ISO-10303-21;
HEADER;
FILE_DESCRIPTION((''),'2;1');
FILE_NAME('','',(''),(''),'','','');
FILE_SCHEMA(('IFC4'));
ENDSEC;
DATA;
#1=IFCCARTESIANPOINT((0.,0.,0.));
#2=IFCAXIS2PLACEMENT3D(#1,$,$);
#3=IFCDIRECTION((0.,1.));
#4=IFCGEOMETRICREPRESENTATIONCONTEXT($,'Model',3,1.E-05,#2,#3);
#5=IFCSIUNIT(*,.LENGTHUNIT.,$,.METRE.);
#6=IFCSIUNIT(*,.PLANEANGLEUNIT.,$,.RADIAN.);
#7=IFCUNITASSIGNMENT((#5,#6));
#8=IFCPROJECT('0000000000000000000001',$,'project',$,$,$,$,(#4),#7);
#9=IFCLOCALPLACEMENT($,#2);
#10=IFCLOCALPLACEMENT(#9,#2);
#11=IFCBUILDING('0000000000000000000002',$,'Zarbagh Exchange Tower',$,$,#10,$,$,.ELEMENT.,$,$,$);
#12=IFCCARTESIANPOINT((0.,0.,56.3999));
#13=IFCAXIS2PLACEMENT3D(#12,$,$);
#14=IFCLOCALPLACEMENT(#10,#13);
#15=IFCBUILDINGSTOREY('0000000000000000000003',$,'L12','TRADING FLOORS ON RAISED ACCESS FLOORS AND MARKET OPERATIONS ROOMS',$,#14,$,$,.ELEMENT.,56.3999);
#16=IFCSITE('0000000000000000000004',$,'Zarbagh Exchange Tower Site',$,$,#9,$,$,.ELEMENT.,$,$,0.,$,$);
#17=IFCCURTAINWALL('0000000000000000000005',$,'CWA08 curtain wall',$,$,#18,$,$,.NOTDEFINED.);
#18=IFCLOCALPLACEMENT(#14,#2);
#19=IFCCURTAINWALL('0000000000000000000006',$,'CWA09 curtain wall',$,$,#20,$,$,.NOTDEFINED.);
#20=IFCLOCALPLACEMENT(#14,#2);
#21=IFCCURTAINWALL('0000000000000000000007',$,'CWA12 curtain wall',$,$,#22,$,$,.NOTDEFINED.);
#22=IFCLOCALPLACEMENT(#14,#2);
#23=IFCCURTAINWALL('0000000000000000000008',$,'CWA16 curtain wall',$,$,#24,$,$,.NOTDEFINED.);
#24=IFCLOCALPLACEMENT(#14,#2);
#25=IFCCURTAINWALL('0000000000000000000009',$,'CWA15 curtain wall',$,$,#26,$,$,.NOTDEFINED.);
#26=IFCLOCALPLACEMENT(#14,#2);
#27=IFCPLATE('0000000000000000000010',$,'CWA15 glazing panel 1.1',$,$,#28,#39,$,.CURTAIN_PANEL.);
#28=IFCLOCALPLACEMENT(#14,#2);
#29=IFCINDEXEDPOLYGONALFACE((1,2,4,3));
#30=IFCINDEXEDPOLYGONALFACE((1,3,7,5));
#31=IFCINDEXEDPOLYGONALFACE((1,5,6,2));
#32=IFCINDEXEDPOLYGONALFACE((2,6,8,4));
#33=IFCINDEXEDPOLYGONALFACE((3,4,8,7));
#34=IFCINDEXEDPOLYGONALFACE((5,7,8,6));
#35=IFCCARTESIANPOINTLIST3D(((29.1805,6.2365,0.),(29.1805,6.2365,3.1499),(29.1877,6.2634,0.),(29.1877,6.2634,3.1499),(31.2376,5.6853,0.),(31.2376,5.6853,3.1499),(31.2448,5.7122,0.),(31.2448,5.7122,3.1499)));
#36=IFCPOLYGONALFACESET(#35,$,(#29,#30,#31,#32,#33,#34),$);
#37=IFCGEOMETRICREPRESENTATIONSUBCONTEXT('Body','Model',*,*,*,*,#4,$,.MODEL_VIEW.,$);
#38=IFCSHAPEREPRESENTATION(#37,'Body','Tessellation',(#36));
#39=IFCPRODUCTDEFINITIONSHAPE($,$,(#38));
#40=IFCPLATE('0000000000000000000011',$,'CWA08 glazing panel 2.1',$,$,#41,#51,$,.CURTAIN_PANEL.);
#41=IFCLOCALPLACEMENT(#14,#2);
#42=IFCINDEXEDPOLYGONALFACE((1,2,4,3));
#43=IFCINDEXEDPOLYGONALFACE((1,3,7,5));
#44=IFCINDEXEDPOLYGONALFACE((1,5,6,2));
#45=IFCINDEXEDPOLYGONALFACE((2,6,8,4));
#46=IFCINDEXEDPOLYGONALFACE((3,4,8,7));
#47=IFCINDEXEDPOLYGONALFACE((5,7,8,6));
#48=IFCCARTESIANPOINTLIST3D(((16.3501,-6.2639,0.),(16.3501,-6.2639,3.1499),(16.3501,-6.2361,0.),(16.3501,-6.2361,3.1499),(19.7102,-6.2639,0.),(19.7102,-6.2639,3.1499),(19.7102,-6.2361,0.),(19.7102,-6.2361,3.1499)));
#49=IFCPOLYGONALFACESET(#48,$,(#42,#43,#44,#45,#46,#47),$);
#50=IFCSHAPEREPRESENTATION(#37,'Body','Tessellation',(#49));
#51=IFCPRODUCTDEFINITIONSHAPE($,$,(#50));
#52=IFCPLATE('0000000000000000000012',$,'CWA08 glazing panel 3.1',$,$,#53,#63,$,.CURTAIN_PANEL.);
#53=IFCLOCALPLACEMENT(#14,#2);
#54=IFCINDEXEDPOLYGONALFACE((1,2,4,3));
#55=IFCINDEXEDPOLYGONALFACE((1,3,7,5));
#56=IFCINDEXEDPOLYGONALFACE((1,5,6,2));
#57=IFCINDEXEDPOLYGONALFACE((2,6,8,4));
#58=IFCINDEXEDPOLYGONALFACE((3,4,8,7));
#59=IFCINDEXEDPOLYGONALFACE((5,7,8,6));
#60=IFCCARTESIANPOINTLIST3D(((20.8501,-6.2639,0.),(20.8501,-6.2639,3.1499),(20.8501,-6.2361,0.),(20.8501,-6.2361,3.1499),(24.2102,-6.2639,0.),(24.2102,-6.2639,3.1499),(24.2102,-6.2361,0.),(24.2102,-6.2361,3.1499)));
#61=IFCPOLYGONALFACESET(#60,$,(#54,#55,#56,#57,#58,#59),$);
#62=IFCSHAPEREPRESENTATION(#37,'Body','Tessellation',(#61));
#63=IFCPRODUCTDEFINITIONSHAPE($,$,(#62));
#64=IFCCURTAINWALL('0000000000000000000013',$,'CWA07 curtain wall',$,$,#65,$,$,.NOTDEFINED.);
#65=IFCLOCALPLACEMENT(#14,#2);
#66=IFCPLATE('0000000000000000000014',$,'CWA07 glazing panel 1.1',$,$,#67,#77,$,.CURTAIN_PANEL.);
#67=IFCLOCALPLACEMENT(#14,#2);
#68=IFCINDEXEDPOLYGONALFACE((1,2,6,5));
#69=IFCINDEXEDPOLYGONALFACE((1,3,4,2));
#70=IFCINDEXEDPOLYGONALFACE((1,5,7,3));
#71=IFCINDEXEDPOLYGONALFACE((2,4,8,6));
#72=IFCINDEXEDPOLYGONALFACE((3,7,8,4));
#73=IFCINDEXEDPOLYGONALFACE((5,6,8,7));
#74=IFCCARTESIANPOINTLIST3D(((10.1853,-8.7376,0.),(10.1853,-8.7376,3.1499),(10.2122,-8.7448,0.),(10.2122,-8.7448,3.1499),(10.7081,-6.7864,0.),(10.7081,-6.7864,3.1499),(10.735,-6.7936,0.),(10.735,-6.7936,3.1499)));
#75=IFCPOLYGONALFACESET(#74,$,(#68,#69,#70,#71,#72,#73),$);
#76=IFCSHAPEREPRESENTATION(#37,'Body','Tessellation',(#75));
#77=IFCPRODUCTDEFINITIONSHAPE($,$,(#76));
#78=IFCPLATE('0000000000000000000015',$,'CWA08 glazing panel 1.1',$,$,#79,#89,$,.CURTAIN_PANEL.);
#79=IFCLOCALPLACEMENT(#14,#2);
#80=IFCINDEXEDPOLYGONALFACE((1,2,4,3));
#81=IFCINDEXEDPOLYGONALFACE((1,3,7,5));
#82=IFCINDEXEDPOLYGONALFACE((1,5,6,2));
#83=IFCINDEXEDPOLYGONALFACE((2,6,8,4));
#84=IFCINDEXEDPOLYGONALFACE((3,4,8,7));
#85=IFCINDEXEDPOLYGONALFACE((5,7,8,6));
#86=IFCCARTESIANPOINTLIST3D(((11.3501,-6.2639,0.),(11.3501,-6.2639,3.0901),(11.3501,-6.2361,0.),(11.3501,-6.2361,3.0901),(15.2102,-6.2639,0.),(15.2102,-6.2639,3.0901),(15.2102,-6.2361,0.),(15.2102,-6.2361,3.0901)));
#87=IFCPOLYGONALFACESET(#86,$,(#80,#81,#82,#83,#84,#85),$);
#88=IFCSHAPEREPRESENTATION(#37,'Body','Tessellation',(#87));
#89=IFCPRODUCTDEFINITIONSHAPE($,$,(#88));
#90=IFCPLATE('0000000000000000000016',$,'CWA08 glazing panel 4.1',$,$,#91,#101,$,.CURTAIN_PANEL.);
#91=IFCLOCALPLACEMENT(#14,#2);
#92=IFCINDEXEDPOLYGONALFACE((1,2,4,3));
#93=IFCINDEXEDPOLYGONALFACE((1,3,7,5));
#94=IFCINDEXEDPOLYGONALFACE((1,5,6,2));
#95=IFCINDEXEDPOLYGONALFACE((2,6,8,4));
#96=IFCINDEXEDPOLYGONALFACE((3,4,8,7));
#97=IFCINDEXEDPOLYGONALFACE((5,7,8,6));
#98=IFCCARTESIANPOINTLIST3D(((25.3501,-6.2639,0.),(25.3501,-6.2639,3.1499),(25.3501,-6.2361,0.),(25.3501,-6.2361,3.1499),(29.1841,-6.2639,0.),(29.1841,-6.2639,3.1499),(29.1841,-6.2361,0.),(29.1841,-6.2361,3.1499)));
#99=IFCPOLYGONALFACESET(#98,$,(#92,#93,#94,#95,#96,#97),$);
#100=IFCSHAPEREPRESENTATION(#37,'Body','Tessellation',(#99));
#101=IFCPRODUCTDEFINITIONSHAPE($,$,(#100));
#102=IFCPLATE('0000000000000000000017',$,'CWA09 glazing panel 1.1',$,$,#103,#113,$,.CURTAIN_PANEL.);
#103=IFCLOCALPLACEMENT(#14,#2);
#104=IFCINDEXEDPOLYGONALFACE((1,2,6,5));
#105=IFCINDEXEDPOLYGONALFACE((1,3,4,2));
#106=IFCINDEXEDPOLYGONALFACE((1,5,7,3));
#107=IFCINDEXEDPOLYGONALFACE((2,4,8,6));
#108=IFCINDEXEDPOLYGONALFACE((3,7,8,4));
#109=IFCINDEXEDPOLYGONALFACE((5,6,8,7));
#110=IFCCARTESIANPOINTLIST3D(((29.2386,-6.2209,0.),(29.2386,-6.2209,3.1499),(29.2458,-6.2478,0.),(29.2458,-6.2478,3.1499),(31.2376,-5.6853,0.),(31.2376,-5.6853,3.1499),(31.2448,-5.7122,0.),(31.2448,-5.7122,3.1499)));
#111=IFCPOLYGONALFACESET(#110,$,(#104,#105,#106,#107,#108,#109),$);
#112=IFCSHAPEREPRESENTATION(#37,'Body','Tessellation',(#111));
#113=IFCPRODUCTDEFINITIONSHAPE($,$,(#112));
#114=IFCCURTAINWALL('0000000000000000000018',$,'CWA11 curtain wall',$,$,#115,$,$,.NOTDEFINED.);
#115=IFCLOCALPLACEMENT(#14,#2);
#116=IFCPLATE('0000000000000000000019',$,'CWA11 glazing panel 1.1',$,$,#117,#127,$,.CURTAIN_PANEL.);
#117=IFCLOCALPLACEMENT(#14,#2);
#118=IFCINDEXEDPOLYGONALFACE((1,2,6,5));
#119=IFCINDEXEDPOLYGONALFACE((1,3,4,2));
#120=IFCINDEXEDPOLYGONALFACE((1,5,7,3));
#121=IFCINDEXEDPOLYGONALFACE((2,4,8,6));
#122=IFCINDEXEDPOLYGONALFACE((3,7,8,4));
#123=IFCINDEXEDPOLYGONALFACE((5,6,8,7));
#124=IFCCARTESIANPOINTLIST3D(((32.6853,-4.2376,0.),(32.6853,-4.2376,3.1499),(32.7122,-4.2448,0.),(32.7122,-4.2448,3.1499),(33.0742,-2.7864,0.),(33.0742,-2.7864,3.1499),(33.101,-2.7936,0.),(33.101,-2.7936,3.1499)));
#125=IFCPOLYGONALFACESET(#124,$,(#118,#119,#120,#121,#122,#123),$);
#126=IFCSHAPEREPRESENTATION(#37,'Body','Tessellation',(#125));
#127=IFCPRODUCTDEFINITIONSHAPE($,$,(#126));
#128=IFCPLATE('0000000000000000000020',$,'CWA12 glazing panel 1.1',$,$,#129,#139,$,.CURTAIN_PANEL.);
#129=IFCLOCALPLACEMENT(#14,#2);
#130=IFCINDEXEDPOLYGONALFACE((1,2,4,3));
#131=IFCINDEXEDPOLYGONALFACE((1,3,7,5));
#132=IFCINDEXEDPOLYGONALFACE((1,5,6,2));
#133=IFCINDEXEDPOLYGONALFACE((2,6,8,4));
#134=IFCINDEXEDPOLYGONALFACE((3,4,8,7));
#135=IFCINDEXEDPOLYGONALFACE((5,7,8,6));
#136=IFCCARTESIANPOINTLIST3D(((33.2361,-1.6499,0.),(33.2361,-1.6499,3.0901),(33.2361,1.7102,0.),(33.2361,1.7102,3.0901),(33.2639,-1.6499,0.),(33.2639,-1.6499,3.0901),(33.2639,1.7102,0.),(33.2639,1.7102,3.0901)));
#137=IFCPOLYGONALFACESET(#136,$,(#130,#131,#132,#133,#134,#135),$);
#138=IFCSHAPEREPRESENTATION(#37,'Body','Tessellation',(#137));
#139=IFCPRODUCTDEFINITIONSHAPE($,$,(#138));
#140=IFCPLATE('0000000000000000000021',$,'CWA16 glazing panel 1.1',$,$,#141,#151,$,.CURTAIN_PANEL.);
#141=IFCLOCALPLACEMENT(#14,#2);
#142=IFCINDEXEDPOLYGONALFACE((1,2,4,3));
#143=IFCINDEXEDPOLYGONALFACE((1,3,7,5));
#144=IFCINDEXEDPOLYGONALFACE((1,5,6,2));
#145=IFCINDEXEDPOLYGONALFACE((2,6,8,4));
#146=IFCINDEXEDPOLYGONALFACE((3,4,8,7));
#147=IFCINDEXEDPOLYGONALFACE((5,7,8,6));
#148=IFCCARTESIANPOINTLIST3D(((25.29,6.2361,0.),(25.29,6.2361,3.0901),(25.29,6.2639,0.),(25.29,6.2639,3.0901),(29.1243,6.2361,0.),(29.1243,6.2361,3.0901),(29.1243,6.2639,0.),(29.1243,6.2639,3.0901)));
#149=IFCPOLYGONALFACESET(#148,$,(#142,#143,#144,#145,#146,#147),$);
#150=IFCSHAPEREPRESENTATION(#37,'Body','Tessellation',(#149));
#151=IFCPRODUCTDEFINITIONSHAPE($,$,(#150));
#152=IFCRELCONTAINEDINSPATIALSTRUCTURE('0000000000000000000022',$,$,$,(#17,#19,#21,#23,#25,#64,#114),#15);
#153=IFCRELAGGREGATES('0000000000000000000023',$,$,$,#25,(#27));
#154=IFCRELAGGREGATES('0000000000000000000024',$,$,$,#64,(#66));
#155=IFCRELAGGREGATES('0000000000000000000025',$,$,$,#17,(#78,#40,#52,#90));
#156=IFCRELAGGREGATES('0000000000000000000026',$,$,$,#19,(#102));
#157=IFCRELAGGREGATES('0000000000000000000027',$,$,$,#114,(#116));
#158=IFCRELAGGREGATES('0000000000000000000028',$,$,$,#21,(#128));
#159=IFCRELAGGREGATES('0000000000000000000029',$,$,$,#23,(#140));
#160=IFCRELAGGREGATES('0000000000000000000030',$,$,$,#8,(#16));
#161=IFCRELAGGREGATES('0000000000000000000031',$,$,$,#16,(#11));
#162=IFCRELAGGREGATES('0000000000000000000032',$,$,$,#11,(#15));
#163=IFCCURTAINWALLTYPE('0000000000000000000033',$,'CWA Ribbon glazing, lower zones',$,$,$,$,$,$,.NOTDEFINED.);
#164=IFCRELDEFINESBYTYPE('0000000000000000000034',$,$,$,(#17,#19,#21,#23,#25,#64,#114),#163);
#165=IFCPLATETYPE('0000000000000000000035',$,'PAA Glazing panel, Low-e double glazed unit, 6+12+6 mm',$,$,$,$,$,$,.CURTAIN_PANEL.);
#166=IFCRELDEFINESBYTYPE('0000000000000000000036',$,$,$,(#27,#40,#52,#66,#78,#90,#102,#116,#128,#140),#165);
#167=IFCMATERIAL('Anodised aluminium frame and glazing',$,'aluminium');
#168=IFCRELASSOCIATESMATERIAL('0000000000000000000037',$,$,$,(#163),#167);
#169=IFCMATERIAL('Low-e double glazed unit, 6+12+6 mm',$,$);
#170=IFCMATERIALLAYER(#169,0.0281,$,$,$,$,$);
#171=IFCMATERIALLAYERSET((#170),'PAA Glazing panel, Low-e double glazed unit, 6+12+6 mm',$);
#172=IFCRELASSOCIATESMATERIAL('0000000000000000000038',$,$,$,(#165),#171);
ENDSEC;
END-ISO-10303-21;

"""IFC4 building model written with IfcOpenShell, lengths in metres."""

from ifc_helpers import new_model, si_unit, direction, frame, origin, place, context, subcontext, project, spatial, polyline, outline, extrude, source, transform, mapped, material, layer, layer_set, type_object, element, aggregate, save


model = new_model("IFC4")

# Units and contexts
model_context = context("Model", 3, precision=1e-05, world=origin(), true_north=direction((0.0, 1.0)))
body_context = subcontext(model_context, "Body", "Model", "MODEL_VIEW")
ifc_project = project(units=[si_unit("LENGTHUNIT", "METRE"), si_unit("PLANEANGLEUNIT", "RADIAN")], contexts=[model_context])

# Site, building, storey
site_placement = place(None, origin())
site = spatial("IfcSite", under=ifc_project, at=site_placement, Name="Zarbagh Exchange Tower Site", CompositionType="ELEMENT", RefElevation=0.0)
building_placement = place(site_placement, origin())
building = spatial("IfcBuilding", under=site, at=building_placement, Name="Zarbagh Exchange Tower", CompositionType="ELEMENT")
storey_placement = place(building_placement, frame((0.0, 0.0, 56.3999)))
storey = spatial("IfcBuildingStorey", under=building, at=storey_placement, Name="L12", Description="TRADING FLOORS ON RAISED ACCESS FLOORS AND MARKET OPERATIONS ROOMS", CompositionType="ELEMENT", Elevation=56.3999)

# Curtain wall
ifc_material_1 = material(Name="Anodised aluminium frame and glazing", Category="aluminium")
curtain_wall_type = type_object("IfcCurtainWallType", Name="CWA Ribbon glazing, lower zones", PredefinedType="NOTDEFINED", material=ifc_material_1)
curtain_wall_1_placement = place(storey_placement, origin())
curtain_wall_1 = element("IfcCurtainWall", 1, at=curtain_wall_1_placement, inside=storey, type_object=curtain_wall_type, Name="CWA08 curtain wall", PredefinedType="NOTDEFINED")
placement = place(storey_placement, origin())

# Curtain walls
curtain_wall_2_placement = place(storey_placement, origin())
curtain_wall_2 = element("IfcCurtainWall", 2, at=curtain_wall_2_placement, inside=storey, type_object=curtain_wall_type, Name="CWA09 curtain wall", PredefinedType="NOTDEFINED")
curtain_wall_3_placement = place(storey_placement, origin())
curtain_wall_3 = element("IfcCurtainWall", 3, at=curtain_wall_3_placement, inside=storey, type_object=curtain_wall_type, Name="CWA12 curtain wall", PredefinedType="NOTDEFINED")
curtain_wall_4_placement = place(storey_placement, origin())
curtain_wall_4 = element("IfcCurtainWall", 4, at=curtain_wall_4_placement, inside=storey, type_object=curtain_wall_type, Name="CWA16 curtain wall", PredefinedType="NOTDEFINED")

# Shared definitions
ifc_material_2 = material(Name="Low-e double glazed unit, 6+12+6 mm")
ifc_layer = layer(ifc_material_2, 0.0281)
ifc_layer_set = layer_set([ifc_layer], Name="PAA Glazing panel, Low-e double glazed unit, 6+12+6 mm")
plate_type = type_object("IfcPlateType", Name="PAA Glazing panel, Low-e double glazed unit, 6+12+6 mm", PredefinedType="CURTAIN_PANEL", material=ifc_layer_set)

# Curtain wall, plate
curtain_wall_5_placement = place(storey_placement, origin())
curtain_wall_5 = element("IfcCurtainWall", 5, at=curtain_wall_5_placement, inside=storey, type_object=curtain_wall_type, Name="CWA15 curtain wall", PredefinedType="NOTDEFINED")
shared_shape_1 = source(origin(), body_context, "Body", "SweptSolid", [
    extrude(outline(polyline([(0.0, -0.0139), (2.1296, -0.0139), (2.1296, 0.0139), (0.0, 0.0139), (0.0, -0.0139)])), origin(), (0.0, 0.0, 1.0), 3.1499),
])
plate_1 = element("IfcPlate", 6, at=placement, type_object=plate_type, Name="CWA15 glazing panel 1.1", PredefinedType="CURTAIN_PANEL", context=body_context, shape_type="MappedRepresentation", body=[
    mapped(shared_shape_1, transform((31.2412, 5.6987, 0.0), x_axis=(-0.965924, 0.258825, 0.0), y_axis=(-0.258825, -0.965924, 0.0), z_axis=(0.0, 0.0, 1.0))),
])
aggregate(curtain_wall_5, [plate_1])

# Plates
shared_shape_2 = source(origin(), body_context, "Body", "SweptSolid", [
    extrude(outline(polyline([(0.0, -0.0139), (3.3601, -0.0139), (3.3601, 0.0139), (0.0, 0.0139), (0.0, -0.0139)])), origin(), (0.0, 0.0, 1.0), 3.1499),
])
plate_2 = element("IfcPlate", 7, at=placement, type_object=plate_type, Name="CWA08 glazing panel 2.1", PredefinedType="CURTAIN_PANEL", context=body_context, shape_type="MappedRepresentation", body=[
    mapped(shared_shape_2, transform((16.3501, -6.25, 0.0), x_axis=(1.0, 0.0, 0.0), y_axis=(0.0, 1.0, 0.0), z_axis=(0.0, 0.0, 1.0))),
])
plate_3 = element("IfcPlate", 8, at=placement, type_object=plate_type, Name="CWA08 glazing panel 3.1", PredefinedType="CURTAIN_PANEL", context=body_context, shape_type="MappedRepresentation", body=[
    mapped(shared_shape_2, transform((20.8501, -6.25, 0.0), x_axis=(1.0, 0.0, 0.0), y_axis=(0.0, 1.0, 0.0), z_axis=(0.0, 0.0, 1.0))),
])

# Curtain wall, plate
curtain_wall_6_placement = place(storey_placement, origin())
curtain_wall_6 = element("IfcCurtainWall", 9, at=curtain_wall_6_placement, inside=storey, type_object=curtain_wall_type, Name="CWA07 curtain wall", PredefinedType="NOTDEFINED")
shared_shape_3 = source(origin(), body_context, "Body", "SweptSolid", [
    extrude(outline(polyline([(0.0, -0.0139), (2.02, -0.0139), (2.02, 0.0139), (0.0, 0.0139), (0.0, -0.0139)])), origin(), (0.0, 0.0, 1.0), 3.1499),
])
plate_4 = element("IfcPlate", 10, at=placement, type_object=plate_type, Name="CWA07 glazing panel 1.1", PredefinedType="CURTAIN_PANEL", context=body_context, shape_type="MappedRepresentation", body=[
    mapped(shared_shape_3, transform((10.1987, -8.7412, 0.0), x_axis=(0.258825, 0.965924, 0.0), y_axis=(-0.965924, 0.258825, 0.0), z_axis=(0.0, 0.0, 1.0))),
])
aggregate(curtain_wall_6, [plate_4])

# Plates
shared_shape_4 = source(origin(), body_context, "Body", "SweptSolid", [
    extrude(outline(polyline([(0.0, -0.0139), (3.8601, -0.0139), (3.8601, 0.0139), (0.0, 0.0139), (0.0, -0.0139)])), origin(), (0.0, 0.0, 1.0), 3.0901),
])
plate_5 = element("IfcPlate", 11, at=placement, type_object=plate_type, Name="CWA08 glazing panel 1.1", PredefinedType="CURTAIN_PANEL", context=body_context, shape_type="MappedRepresentation", body=[
    mapped(shared_shape_4, transform((11.3501, -6.25, 0.0), x_axis=(1.0, 0.0, 0.0), y_axis=(0.0, 1.0, 0.0), z_axis=(0.0, 0.0, 1.0))),
])
shared_shape_5 = source(origin(), body_context, "Body", "SweptSolid", [
    extrude(outline(polyline([(0.0, -0.0139), (3.834, -0.0139), (3.834, 0.0139), (0.0, 0.0139), (0.0, -0.0139)])), origin(), (0.0, 0.0, 1.0), 3.1499),
])
plate_6 = element("IfcPlate", 12, at=placement, type_object=plate_type, Name="CWA08 glazing panel 4.1", PredefinedType="CURTAIN_PANEL", context=body_context, shape_type="MappedRepresentation", body=[
    mapped(shared_shape_5, transform((25.3501, -6.25, 0.0), x_axis=(1.0, 0.0, 0.0), y_axis=(0.0, 1.0, 0.0), z_axis=(0.0, 0.0, 1.0))),
])
aggregate(curtain_wall_1, [plate_5, plate_2, plate_3, plate_6])
shared_shape_6 = source(origin(), body_context, "Body", "SweptSolid", [
    extrude(outline(polyline([(0.0, -0.0139), (2.0696, -0.0139), (2.0696, 0.0139), (0.0, 0.0139), (0.0, -0.0139)])), origin(), (0.0, 0.0, 1.0), 3.1499),
])
plate_7 = element("IfcPlate", 13, at=placement, type_object=plate_type, Name="CWA09 glazing panel 1.1", PredefinedType="CURTAIN_PANEL", context=body_context, shape_type="MappedRepresentation", body=[
    mapped(shared_shape_6, transform((29.2422, -6.2344, 0.0), x_axis=(0.965924, 0.258825, 0.0), y_axis=(-0.258825, 0.965924, 0.0), z_axis=(0.0, 0.0, 1.0))),
])
aggregate(curtain_wall_2, [plate_7])

# Curtain wall, plate
curtain_wall_7_placement = place(storey_placement, origin())
curtain_wall_7 = element("IfcCurtainWall", 14, at=curtain_wall_7_placement, inside=storey, type_object=curtain_wall_type, Name="CWA11 curtain wall", PredefinedType="NOTDEFINED")
shared_shape_7 = source(origin(), body_context, "Body", "SweptSolid", [
    extrude(outline(polyline([(0.0, -0.0139), (1.5024, -0.0139), (1.5024, 0.0139), (0.0, 0.0139), (0.0, -0.0139)])), origin(), (0.0, 0.0, 1.0), 3.1499),
])
plate_8 = element("IfcPlate", 15, at=placement, type_object=plate_type, Name="CWA11 glazing panel 1.1", PredefinedType="CURTAIN_PANEL", context=body_context, shape_type="MappedRepresentation", body=[
    mapped(shared_shape_7, transform((32.6987, -4.2412, 0.0), x_axis=(0.258825, 0.965924, 0.0), y_axis=(-0.965924, 0.258825, 0.0), z_axis=(0.0, 0.0, 1.0))),
])
aggregate(curtain_wall_7, [plate_8])

# Plates
shared_shape_8 = source(origin(), body_context, "Body", "SweptSolid", [
    extrude(outline(polyline([(0.0, -0.0139), (3.3601, -0.0139), (3.3601, 0.0139), (0.0, 0.0139), (0.0, -0.0139)])), origin(), (0.0, 0.0, 1.0), 3.0901),
])
plate_9 = element("IfcPlate", 16, at=placement, type_object=plate_type, Name="CWA12 glazing panel 1.1", PredefinedType="CURTAIN_PANEL", context=body_context, shape_type="MappedRepresentation", body=[
    mapped(shared_shape_8, transform((33.25, -1.6499, 0.0), x_axis=(0.0, 1.0, 0.0), y_axis=(-1.0, 0.0, 0.0), z_axis=(0.0, 0.0, 1.0))),
])
aggregate(curtain_wall_3, [plate_9])
shared_shape_9 = source(origin(), body_context, "Body", "SweptSolid", [
    extrude(outline(polyline([(0.0, -0.0139), (3.8342, -0.0139), (3.8342, 0.0139), (0.0, 0.0139), (0.0, -0.0139)])), origin(), (0.0, 0.0, 1.0), 3.0901),
])
plate_10 = element("IfcPlate", 17, at=placement, type_object=plate_type, Name="CWA16 glazing panel 1.1", PredefinedType="CURTAIN_PANEL", context=body_context, shape_type="MappedRepresentation", body=[
    mapped(shared_shape_9, transform((29.1243, 6.25, 0.0), x_axis=(-1.0, 0.0, 0.0), y_axis=(0.0, -1.0, 0.0), z_axis=(0.0, 0.0, 1.0))),
])
aggregate(curtain_wall_4, [plate_10])

save(model, "model.ifc")
